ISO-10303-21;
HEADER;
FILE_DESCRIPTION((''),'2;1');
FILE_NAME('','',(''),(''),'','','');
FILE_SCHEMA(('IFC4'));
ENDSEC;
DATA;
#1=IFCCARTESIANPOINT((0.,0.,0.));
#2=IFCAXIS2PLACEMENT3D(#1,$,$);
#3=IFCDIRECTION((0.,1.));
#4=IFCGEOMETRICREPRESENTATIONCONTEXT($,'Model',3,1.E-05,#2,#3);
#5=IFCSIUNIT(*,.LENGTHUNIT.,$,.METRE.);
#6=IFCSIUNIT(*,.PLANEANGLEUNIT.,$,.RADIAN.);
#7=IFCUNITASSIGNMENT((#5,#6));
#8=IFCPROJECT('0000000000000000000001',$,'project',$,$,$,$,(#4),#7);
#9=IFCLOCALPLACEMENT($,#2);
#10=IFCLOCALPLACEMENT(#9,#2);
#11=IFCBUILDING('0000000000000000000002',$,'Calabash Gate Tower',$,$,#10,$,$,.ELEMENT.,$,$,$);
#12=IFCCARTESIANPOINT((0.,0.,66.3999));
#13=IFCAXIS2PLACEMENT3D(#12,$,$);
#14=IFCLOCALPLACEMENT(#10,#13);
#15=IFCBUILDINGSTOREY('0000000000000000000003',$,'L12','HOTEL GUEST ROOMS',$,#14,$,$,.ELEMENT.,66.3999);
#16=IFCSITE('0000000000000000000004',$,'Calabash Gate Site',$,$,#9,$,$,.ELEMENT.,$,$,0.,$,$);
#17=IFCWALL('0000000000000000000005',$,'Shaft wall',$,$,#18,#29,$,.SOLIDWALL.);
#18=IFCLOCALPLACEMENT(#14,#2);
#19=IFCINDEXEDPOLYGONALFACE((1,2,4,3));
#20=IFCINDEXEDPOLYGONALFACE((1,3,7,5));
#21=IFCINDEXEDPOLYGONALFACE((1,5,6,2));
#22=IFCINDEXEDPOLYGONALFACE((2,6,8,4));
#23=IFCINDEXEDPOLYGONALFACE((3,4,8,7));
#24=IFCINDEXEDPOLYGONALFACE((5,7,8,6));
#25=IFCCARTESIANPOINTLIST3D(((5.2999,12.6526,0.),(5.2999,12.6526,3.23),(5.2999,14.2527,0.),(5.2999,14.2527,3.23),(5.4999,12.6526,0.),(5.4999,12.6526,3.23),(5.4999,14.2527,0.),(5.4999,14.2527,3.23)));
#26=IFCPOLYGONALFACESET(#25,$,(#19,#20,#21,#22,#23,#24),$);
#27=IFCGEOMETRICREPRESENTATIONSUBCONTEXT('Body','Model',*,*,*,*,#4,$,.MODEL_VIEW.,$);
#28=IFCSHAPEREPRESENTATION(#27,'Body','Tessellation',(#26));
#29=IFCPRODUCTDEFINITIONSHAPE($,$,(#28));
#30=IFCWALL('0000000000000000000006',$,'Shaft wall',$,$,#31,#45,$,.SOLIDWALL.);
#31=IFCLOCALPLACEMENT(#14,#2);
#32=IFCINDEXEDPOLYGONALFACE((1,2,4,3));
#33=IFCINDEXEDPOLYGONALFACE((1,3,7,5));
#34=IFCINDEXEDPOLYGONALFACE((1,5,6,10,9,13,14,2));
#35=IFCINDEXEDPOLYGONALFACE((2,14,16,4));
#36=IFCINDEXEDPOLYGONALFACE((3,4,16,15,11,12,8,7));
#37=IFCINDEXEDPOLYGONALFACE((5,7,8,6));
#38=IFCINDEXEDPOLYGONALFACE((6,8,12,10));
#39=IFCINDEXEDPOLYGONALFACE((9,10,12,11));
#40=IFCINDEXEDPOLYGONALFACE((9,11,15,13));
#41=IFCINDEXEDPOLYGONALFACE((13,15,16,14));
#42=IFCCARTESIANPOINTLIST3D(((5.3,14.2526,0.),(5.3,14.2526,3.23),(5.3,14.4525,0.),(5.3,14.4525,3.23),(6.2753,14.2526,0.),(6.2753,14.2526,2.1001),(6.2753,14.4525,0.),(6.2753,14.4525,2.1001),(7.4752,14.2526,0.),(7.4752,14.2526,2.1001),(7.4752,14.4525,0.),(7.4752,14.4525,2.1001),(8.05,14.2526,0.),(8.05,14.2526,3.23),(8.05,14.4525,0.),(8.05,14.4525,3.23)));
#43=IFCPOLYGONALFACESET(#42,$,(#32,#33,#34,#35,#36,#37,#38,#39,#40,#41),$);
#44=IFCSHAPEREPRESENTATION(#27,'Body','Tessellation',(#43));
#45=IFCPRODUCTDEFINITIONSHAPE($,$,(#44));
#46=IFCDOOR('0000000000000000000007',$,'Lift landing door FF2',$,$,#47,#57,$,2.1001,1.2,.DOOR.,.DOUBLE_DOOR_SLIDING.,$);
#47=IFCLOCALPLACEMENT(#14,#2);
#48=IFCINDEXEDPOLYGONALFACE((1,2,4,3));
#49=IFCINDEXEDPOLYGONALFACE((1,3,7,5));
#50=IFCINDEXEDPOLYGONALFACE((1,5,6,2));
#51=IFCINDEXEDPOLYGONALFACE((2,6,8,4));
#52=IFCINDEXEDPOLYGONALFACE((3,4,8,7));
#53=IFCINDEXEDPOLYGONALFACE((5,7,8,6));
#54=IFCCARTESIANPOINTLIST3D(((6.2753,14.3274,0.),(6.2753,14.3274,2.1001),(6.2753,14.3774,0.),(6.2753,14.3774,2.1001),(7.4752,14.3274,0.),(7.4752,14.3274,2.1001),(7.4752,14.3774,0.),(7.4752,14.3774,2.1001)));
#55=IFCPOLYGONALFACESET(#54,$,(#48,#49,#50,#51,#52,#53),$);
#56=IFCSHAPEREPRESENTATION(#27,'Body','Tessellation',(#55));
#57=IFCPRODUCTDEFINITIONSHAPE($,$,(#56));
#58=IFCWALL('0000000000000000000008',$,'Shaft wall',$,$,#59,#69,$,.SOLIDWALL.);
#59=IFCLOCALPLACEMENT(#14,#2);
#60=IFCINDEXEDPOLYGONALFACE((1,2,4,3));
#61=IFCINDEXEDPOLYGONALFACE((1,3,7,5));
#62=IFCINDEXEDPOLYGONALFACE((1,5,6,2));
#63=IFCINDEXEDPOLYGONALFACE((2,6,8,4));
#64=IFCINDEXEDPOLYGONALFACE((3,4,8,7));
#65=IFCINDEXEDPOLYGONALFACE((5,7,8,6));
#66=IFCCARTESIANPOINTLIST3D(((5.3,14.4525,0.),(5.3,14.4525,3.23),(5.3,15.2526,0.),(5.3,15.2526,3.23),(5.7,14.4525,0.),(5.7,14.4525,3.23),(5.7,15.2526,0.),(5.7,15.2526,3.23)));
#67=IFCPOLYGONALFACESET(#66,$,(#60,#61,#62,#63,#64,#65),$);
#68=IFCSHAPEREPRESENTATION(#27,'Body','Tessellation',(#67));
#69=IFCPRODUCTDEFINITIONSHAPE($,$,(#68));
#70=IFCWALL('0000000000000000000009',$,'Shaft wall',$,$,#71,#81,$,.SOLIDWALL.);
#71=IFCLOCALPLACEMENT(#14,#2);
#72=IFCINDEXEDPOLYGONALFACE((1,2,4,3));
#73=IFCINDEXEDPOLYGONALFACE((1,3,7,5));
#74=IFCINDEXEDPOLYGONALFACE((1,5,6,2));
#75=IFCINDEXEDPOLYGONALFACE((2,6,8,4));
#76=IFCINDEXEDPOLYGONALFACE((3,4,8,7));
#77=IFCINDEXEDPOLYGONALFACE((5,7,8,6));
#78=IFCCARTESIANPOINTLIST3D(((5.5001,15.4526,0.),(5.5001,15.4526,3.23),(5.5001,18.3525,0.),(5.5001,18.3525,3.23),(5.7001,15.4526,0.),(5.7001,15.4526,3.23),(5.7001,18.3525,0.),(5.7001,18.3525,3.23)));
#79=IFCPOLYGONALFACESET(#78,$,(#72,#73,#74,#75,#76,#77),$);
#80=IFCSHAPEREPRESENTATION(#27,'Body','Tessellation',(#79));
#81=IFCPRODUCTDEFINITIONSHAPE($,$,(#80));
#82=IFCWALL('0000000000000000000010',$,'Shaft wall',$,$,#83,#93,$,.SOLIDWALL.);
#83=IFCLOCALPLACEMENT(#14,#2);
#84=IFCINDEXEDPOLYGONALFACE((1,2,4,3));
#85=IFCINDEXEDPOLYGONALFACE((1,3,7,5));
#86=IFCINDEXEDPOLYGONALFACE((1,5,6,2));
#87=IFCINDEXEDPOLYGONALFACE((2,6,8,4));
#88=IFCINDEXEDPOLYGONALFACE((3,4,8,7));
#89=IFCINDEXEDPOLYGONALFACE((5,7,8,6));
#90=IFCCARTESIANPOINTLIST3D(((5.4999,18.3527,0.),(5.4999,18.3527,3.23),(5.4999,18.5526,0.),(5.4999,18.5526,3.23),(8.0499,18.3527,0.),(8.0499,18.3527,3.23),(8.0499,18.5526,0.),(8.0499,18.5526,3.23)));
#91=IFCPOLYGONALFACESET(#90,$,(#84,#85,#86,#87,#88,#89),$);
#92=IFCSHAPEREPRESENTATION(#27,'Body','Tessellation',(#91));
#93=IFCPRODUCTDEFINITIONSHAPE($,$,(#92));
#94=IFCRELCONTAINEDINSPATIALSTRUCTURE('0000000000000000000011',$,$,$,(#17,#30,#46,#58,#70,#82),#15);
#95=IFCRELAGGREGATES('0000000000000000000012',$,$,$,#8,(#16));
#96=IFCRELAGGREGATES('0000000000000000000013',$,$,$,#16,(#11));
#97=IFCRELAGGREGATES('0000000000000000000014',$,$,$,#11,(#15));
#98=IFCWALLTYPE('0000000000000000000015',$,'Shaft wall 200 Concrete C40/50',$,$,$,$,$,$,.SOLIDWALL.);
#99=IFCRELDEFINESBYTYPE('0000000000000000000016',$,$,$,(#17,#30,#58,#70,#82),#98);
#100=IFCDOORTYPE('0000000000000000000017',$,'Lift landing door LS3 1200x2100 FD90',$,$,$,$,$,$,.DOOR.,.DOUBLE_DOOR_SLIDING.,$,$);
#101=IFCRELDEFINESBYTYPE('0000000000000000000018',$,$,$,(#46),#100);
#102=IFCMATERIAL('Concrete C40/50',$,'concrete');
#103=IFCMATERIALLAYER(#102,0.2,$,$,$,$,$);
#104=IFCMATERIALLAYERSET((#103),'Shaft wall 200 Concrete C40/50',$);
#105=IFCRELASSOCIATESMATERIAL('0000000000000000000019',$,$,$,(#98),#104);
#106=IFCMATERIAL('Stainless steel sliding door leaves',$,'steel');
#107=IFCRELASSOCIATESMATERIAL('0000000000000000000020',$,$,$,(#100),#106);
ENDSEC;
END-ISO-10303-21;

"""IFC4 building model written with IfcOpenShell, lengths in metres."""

from ifc_helpers import new_model, si_unit, direction, frame, frame_2d, origin, place, context, subcontext, project, spatial, rectangle, extrude, material, layer, layer_set, type_object, element, fill, save


model = new_model("IFC4")

# Units and contexts
model_context = context("Model", 3, precision=1e-05, world=origin(), true_north=direction((0.0, 1.0)))
body_context = subcontext(model_context, "Body", "Model", "MODEL_VIEW")
ifc_project = project(units=[si_unit("LENGTHUNIT", "METRE"), si_unit("PLANEANGLEUNIT", "RADIAN")], contexts=[model_context])

# Site, building, storey
site_placement = place(None, origin())
site = spatial("IfcSite", under=ifc_project, at=site_placement, Name="Calabash Gate Site", CompositionType="ELEMENT", RefElevation=0.0)
building_placement = place(site_placement, origin())
building = spatial("IfcBuilding", under=site, at=building_placement, Name="Calabash Gate Tower", CompositionType="ELEMENT")
storey_placement = place(building_placement, frame((0.0, 0.0, 66.3999)))
storey = spatial("IfcBuildingStorey", under=building, at=storey_placement, Name="L12", Description="HOTEL GUEST ROOMS", CompositionType="ELEMENT", Elevation=66.3999)

# Shared definitions
ifc_material_1 = material(Name="Concrete C40/50", Category="concrete")
ifc_layer_1 = layer(ifc_material_1, 0.2)
ifc_layer_set_1 = layer_set([ifc_layer_1], Name="Shaft wall 200 Concrete C40/50")
wall_type_1 = type_object("IfcWallType", Name="Shaft wall 200 Concrete C40/50", PredefinedType="SOLIDWALL", material=ifc_layer_set_1)

# Wall
wall_1_placement = place(storey_placement, frame((5.3999, 12.6526, 0.0), z_axis=(0.0, 0.0, 1.0), x_axis=(0.0, 1.0, 0.0)))
element("IfcWall", 1, at=wall_1_placement, inside=storey, type_object=wall_type_1, Name="Shaft wall", PredefinedType="SOLIDWALL", context=body_context, shape_type="SweptSolid", body=[
    extrude(rectangle(XDim=1.6001, YDim=0.2, at=frame_2d((0.8, 0.0))), origin(), (0.0, 0.0, 1.0), 3.23),
])

# Wall, opening, door
wall_2_placement = place(storey_placement, frame((5.3, 14.3525, 0.0), z_axis=(0.0, 0.0, 1.0), x_axis=(1.0, 0.0, 0.0)))
wall_2 = element("IfcWall", 2, at=wall_2_placement, inside=storey, type_object=wall_type_1, Name="Shaft wall", PredefinedType="SOLIDWALL", context=body_context, shape_type="SweptSolid", body=[
    extrude(rectangle(XDim=2.75, YDim=0.2, at=frame_2d((1.375, 0.0))), origin(), (0.0, 0.0, 1.0), 3.23),
])
opening_1_placement = place(wall_2_placement, frame((0.9751, 0.0, 0.0)))
opening_1 = element("IfcOpeningElement", 3, at=opening_1_placement, cuts=wall_2, PredefinedType="OPENING", context=body_context, shape_type="SweptSolid", body=[
    extrude(rectangle(XDim=1.2, YDim=2.1001, at=frame_2d((0.6001, 1.05))), frame((0.0, 0.1099, 0.0), z_axis=(0.0, -1.0, 0.0), x_axis=(1.0, 0.0, 0.0)), (0.0, 0.0, 1.0), 0.22),
])
ifc_material_2 = material(Name="Stainless steel sliding door leaves", Category="steel")
door_type_1 = type_object("IfcDoorType", Name="Lift landing door LS3 1200x2100 FD90", OperationType="DOUBLE_DOOR_SLIDING", PredefinedType="DOOR", material=ifc_material_2)
door_1_placement = place(opening_1_placement, origin())
door_1 = element("IfcDoor", 4, at=door_1_placement, inside=storey, type_object=door_type_1, Name="Lift landing door FF2", OperationType="DOUBLE_DOOR_SLIDING", OverallHeight=2.1001, OverallWidth=1.2, PredefinedType="DOOR", context=body_context, shape_type="SweptSolid", body=[
    extrude(rectangle(XDim=1.2, YDim=2.1001, at=frame_2d((0.6001, 1.05))), frame((0.0, 0.0249, 0.0), z_axis=(0.0, -1.0, 0.0), x_axis=(1.0, 0.0, 0.0)), (0.0, 0.0, 1.0), 0.05),
])
fill(opening_1, door_1)

# Walls
wall_3_placement = place(storey_placement, frame((5.5, 14.4526, 0.0), z_axis=(0.0, 0.0, 1.0), x_axis=(0.0, 1.0, 0.0)))
element("IfcWall", 5, at=wall_3_placement, inside=storey, type_object=wall_type_1, Name="Shaft wall", PredefinedType="SOLIDWALL", context=body_context, shape_type="SweptSolid", body=[
    extrude(rectangle(XDim=0.8, YDim=0.3999, at=frame_2d((0.3999, 0.0))), origin(), (0.0, 0.0, 1.0), 3.23),
])
wall_4_placement = place(storey_placement, frame((5.6001, 15.4526, 0.0), z_axis=(0.0, 0.0, 1.0), x_axis=(0.0, 1.0, 0.0)))
element("IfcWall", 6, at=wall_4_placement, inside=storey, type_object=wall_type_1, Name="Shaft wall", PredefinedType="SOLIDWALL", context=body_context, shape_type="SweptSolid", body=[
    extrude(rectangle(XDim=2.8999, YDim=0.2, at=frame_2d((1.45, 0.0))), origin(), (0.0, 0.0, 1.0), 3.23),
])
wall_5_placement = place(storey_placement, frame((5.5, 18.4526, 0.0), z_axis=(0.0, 0.0, 1.0), x_axis=(1.0, 0.0, 0.0)))
element("IfcWall", 7, at=wall_5_placement, inside=storey, type_object=wall_type_1, Name="Shaft wall", PredefinedType="SOLIDWALL", context=body_context, shape_type="SweptSolid", body=[
    extrude(rectangle(XDim=2.55, YDim=0.2, at=frame_2d((1.2749, 0.0))), origin(), (0.0, 0.0, 1.0), 3.23),
])

save(model, "model.ifc")
